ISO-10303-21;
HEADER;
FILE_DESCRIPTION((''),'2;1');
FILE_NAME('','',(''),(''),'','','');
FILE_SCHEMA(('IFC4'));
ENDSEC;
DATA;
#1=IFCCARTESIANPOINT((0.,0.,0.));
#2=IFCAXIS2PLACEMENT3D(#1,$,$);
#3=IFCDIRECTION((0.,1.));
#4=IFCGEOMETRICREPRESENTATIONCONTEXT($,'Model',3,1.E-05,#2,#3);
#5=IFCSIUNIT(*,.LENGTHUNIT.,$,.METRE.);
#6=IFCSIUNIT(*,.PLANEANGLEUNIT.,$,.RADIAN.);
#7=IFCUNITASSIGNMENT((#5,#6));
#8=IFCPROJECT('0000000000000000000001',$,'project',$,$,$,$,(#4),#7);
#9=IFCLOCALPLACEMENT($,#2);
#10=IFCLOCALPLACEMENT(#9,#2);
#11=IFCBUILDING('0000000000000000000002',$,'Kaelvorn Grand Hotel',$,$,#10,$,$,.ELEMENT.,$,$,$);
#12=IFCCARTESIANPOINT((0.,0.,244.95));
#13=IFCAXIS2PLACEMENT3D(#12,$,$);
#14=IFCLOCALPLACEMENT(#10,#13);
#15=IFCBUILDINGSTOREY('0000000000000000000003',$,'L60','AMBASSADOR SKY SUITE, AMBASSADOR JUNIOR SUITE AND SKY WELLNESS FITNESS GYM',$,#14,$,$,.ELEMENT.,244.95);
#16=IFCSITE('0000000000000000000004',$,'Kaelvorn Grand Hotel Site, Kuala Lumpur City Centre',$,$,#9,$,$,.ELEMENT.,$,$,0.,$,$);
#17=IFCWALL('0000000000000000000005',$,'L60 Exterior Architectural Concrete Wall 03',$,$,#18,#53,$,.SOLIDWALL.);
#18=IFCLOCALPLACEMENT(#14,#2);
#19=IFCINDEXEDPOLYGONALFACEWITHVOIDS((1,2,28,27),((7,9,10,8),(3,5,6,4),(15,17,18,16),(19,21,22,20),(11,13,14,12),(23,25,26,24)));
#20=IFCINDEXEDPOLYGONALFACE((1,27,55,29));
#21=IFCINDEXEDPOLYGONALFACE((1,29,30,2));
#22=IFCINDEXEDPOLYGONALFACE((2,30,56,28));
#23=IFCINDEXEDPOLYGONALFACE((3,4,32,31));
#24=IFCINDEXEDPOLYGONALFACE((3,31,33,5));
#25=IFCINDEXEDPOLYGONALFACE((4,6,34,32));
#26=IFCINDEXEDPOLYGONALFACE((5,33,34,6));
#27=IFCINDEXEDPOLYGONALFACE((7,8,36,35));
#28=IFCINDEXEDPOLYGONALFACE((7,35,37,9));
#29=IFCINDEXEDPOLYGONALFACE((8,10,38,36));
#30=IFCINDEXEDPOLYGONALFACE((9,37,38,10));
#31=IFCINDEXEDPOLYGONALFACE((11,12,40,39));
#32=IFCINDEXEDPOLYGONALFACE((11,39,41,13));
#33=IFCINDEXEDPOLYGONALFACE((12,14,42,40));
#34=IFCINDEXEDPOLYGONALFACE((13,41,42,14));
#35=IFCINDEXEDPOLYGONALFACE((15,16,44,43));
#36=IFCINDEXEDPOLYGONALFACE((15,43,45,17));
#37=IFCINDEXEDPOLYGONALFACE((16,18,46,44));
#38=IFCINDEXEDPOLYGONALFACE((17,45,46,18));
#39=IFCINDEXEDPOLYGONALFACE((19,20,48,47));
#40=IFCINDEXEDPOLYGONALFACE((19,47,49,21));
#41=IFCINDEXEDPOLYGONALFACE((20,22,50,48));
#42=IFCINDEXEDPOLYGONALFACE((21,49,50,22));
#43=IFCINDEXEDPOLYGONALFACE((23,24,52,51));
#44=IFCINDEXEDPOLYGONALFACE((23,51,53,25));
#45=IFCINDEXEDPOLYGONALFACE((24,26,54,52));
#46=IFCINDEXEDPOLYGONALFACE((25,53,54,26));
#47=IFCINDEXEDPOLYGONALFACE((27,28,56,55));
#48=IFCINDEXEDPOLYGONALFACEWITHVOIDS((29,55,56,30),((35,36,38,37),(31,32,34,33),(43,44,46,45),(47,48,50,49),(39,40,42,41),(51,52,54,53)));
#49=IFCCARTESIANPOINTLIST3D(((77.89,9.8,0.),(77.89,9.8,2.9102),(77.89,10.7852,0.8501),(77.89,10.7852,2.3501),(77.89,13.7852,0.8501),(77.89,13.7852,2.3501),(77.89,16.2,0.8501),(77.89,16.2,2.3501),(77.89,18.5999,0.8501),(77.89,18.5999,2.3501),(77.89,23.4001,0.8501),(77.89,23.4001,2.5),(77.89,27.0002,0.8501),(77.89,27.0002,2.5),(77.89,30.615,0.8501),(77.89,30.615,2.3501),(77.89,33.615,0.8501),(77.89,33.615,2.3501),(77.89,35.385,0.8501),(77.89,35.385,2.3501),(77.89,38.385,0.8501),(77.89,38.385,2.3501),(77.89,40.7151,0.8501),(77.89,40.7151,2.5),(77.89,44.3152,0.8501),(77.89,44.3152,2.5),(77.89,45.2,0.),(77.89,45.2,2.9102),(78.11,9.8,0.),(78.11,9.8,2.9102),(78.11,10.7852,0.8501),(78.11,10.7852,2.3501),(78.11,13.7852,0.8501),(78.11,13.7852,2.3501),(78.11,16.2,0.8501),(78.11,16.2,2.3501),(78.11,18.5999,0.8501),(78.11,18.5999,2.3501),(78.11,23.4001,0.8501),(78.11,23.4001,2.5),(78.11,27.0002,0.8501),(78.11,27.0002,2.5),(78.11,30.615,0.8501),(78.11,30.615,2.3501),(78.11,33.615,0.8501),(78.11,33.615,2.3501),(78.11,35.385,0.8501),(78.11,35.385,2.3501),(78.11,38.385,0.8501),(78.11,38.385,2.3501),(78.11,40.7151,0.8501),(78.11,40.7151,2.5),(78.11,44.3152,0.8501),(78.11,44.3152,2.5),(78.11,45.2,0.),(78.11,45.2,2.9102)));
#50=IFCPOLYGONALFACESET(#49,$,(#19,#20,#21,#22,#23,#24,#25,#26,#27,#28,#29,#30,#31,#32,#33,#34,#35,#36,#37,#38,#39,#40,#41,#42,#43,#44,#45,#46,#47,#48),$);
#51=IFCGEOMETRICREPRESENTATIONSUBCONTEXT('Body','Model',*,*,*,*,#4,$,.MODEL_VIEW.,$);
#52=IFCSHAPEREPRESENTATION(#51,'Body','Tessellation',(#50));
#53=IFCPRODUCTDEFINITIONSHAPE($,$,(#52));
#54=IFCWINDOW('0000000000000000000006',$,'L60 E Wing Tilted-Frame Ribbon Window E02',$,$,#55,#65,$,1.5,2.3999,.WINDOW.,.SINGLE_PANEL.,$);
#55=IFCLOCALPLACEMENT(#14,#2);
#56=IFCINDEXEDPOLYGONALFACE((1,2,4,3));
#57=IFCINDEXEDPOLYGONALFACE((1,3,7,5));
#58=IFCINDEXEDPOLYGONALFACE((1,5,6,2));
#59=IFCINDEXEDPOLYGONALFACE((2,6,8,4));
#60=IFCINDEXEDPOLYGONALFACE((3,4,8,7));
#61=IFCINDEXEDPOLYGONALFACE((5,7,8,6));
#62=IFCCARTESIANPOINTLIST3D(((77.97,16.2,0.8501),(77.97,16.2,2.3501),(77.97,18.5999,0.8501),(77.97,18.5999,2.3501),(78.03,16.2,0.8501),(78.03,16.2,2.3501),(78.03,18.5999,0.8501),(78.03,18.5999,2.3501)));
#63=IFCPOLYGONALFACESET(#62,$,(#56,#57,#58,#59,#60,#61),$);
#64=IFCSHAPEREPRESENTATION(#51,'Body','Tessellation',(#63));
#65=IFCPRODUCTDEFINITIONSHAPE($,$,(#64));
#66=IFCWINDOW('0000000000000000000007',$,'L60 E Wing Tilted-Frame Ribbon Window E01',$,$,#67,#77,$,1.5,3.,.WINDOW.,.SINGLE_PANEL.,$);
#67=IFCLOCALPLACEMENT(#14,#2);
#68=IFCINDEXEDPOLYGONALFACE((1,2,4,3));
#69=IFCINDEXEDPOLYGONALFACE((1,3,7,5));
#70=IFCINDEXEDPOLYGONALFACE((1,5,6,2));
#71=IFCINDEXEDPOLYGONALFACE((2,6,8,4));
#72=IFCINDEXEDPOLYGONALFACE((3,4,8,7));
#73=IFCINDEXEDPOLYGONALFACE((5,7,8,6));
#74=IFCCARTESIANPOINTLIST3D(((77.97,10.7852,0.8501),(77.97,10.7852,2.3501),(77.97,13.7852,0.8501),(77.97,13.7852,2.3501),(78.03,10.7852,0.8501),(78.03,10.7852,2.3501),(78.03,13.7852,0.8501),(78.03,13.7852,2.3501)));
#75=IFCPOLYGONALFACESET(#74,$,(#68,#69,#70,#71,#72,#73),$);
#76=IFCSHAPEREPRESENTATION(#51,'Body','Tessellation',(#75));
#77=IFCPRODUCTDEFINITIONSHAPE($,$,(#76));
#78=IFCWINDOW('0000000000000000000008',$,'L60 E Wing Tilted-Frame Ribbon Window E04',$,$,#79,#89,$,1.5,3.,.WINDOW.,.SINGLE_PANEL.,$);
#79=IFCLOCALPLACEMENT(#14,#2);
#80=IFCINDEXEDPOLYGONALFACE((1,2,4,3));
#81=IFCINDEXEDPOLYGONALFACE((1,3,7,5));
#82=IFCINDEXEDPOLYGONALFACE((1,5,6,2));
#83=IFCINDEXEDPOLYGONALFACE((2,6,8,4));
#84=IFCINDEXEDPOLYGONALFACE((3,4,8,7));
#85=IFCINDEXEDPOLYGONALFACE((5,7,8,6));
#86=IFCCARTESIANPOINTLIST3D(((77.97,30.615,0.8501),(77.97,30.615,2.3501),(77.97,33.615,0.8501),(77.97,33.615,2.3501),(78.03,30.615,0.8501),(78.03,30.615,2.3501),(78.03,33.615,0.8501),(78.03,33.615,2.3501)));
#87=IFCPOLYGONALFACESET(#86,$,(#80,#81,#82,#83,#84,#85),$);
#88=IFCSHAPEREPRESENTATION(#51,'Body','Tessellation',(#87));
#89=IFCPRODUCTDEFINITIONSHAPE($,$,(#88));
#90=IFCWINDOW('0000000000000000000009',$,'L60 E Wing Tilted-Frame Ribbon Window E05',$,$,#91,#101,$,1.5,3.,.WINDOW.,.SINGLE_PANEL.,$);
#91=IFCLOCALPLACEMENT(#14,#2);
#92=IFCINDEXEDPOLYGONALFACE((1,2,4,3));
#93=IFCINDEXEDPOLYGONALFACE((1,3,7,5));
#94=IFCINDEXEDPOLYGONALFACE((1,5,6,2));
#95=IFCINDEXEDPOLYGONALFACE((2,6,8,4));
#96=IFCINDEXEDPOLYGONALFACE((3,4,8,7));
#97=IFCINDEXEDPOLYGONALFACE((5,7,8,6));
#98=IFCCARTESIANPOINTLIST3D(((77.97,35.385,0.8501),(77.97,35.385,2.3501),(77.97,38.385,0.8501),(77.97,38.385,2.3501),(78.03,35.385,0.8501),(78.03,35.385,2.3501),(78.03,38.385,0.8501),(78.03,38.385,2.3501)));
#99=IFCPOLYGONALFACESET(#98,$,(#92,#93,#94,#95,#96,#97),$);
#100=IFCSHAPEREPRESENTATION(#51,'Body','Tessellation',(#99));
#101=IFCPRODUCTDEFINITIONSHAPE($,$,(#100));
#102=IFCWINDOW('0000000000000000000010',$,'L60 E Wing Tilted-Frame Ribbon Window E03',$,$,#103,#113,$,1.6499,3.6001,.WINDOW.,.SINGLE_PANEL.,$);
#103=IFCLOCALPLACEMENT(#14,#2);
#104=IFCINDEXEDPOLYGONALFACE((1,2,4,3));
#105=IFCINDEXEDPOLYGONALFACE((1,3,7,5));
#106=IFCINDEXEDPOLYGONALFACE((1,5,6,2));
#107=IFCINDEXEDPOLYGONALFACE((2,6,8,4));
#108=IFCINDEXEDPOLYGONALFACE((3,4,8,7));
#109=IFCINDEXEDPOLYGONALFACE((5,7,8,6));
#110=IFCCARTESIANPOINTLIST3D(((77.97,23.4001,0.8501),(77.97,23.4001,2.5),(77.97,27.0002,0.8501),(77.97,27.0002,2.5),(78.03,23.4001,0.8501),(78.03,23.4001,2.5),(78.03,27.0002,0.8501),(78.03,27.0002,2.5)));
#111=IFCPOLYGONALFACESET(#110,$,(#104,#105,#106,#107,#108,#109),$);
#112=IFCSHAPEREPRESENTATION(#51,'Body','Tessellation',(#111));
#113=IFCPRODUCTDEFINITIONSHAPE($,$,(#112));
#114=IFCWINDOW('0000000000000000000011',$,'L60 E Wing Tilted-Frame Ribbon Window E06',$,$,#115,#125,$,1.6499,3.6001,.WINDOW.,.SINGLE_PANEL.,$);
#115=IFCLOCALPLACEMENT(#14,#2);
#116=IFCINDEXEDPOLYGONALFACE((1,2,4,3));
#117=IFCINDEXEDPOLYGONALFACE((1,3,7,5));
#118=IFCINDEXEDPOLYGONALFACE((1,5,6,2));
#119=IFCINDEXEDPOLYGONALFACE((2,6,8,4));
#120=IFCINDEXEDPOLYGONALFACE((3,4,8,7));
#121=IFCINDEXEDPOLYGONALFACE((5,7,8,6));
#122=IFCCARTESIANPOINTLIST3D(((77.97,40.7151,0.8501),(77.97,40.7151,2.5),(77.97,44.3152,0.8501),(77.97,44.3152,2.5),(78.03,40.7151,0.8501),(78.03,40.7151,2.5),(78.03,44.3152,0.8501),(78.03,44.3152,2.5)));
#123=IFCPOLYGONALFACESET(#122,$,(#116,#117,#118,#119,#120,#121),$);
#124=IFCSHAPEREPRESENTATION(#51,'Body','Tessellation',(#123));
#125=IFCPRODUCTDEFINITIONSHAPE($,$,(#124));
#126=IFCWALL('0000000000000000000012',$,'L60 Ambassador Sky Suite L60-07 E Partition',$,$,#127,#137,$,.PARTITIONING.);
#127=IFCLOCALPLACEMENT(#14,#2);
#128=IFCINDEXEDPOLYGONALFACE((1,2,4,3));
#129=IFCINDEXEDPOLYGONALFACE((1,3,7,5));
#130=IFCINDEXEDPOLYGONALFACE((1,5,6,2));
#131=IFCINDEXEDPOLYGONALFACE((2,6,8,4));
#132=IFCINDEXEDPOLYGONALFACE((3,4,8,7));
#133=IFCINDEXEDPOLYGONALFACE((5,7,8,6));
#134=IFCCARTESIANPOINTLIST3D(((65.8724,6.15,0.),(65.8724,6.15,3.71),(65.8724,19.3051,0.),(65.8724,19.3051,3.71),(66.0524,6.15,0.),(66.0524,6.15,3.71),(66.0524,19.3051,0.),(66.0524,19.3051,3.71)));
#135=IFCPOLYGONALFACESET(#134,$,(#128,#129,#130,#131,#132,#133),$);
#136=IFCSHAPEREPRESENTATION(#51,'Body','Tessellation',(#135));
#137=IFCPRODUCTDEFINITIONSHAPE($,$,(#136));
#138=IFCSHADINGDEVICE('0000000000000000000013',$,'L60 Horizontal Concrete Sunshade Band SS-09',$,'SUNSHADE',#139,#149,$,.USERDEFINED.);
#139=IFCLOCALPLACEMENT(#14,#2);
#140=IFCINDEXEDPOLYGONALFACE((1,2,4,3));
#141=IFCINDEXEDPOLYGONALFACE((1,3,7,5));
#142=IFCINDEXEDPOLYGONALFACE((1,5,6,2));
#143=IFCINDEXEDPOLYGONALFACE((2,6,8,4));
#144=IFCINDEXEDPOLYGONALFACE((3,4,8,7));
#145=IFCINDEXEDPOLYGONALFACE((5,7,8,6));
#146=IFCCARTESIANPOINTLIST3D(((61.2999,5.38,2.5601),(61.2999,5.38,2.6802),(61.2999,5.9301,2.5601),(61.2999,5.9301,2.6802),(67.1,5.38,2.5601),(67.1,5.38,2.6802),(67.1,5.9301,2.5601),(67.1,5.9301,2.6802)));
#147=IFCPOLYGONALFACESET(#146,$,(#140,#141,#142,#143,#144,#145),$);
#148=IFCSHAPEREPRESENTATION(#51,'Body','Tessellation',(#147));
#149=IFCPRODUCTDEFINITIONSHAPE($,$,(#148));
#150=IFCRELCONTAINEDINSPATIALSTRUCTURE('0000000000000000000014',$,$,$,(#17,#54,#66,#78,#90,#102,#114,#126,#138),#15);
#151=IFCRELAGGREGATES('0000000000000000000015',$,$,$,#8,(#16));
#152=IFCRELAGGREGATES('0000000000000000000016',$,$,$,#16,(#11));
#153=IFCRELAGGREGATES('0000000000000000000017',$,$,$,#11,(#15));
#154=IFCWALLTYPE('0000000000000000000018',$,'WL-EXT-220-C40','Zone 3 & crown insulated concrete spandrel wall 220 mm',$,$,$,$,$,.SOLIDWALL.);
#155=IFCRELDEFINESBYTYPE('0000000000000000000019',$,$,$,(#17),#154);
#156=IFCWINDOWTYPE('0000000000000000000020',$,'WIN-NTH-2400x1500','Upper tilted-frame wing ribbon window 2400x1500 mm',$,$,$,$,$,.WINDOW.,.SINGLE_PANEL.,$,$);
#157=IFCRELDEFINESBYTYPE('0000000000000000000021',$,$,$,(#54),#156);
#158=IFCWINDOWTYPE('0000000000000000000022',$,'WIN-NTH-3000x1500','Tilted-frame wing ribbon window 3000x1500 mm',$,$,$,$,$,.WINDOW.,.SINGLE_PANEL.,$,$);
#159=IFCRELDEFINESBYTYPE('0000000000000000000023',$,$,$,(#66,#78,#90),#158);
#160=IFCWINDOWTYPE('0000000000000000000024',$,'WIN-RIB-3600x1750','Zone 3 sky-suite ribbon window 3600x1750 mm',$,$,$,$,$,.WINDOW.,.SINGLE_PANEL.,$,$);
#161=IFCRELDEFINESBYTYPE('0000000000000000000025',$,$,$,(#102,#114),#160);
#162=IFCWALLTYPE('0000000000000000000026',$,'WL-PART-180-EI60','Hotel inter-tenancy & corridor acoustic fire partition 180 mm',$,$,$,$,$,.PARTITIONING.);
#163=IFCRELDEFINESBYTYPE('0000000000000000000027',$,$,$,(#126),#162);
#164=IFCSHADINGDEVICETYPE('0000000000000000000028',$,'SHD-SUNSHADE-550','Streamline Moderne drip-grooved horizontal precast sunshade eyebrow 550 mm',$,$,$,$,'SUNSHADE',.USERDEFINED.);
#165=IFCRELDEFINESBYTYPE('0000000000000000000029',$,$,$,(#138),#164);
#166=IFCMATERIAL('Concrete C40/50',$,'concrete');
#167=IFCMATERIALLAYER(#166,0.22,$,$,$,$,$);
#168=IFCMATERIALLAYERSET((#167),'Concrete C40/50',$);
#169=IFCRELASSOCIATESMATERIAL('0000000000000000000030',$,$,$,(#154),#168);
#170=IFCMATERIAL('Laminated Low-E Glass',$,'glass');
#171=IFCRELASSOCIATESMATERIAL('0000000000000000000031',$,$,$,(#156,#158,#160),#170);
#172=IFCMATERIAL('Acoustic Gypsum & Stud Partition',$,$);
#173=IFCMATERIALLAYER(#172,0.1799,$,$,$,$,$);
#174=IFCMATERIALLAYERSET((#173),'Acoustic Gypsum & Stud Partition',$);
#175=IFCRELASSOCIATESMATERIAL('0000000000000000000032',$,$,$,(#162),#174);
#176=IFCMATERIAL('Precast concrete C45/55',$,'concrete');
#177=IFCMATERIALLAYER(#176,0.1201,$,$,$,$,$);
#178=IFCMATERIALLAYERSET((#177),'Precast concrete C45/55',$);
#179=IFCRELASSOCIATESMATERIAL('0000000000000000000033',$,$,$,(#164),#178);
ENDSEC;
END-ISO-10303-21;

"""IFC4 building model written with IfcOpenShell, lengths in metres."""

from ifc_helpers import new_model, si_unit, direction, frame, frame_2d, origin, origin_2d, place, context, subcontext, project, spatial, rectangle, extrude, material, layer, layer_set, type_object, element, fill, save


model = new_model("IFC4")

# Units and contexts
model_context = context("Model", 3, precision=1e-05, world=origin(), true_north=direction((0.0, 1.0)))
body_context = subcontext(model_context, "Body", "Model", "MODEL_VIEW")
ifc_project = project(units=[si_unit("LENGTHUNIT", "METRE"), si_unit("PLANEANGLEUNIT", "RADIAN")], contexts=[model_context])

# Site, building, storey
site_placement = place(None, origin())
site = spatial("IfcSite", under=ifc_project, at=site_placement, Name="Kaelvorn Grand Hotel Site, Kuala Lumpur City Centre", CompositionType="ELEMENT", RefElevation=0.0)
building_placement = place(site_placement, origin())
building = spatial("IfcBuilding", under=site, at=building_placement, Name="Kaelvorn Grand Hotel", CompositionType="ELEMENT")
storey_placement = place(building_placement, frame((0.0, 0.0, 244.95)))
storey = spatial("IfcBuildingStorey", under=building, at=storey_placement, Name="L60", Description="AMBASSADOR SKY SUITE, AMBASSADOR JUNIOR SUITE AND SKY WELLNESS FITNESS GYM", CompositionType="ELEMENT", Elevation=244.95)

# Shared definitions
ifc_material_1 = material(Name="Precast concrete C45/55", Category="concrete")

# Shared definitions
ifc_material_2 = material(Name="Concrete C40/50", Category="concrete")
ifc_layer_1 = layer(ifc_material_2, 0.22)
ifc_layer_set_1 = layer_set([ifc_layer_1], Name="Concrete C40/50")
wall_type_1 = type_object("IfcWallType", Name="WL-EXT-220-C40", Description="Zone 3 & crown insulated concrete spandrel wall 220 mm", PredefinedType="SOLIDWALL", material=ifc_layer_set_1)
ifc_material_3 = material(Name="Laminated Low-E Glass", Category="glass")

# Wall, openings, windows
wall_1_placement = place(storey_placement, frame((78.0, 9.8, 0.0), z_axis=(0.0, 0.0, 1.0), x_axis=(0.0, 1.0, 0.0)))
wall_1 = element("IfcWall", 1, at=wall_1_placement, inside=storey, type_object=wall_type_1, Name="L60 Exterior Architectural Concrete Wall 03", PredefinedType="SOLIDWALL", context=body_context, shape_type="SweptSolid", body=[
    extrude(rectangle(XDim=35.3999, YDim=0.22, at=frame_2d((17.7, 0.0))), origin(), (0.0, 0.0, 1.0), 2.9102),
])
opening_1_placement = place(wall_1_placement, frame((0.9851, 0.0, 0.8501)))
opening_1 = element("IfcOpeningElement", 2, at=opening_1_placement, cuts=wall_1, PredefinedType="OPENING", context=body_context, shape_type="SweptSolid", body=[
    extrude(rectangle(XDim=3.0, YDim=1.5, at=frame_2d((1.5, 0.75))), frame((0.0, 0.1201, 0.0), z_axis=(0.0, -1.0, 0.0), x_axis=(1.0, 0.0, 0.0)), (0.0, 0.0, 1.0), 0.24),
])
opening_2_placement = place(wall_1_placement, frame((6.3999, 0.0, 0.8501)))
opening_2 = element("IfcOpeningElement", 3, at=opening_2_placement, cuts=wall_1, PredefinedType="OPENING", context=body_context, shape_type="SweptSolid", body=[
    extrude(rectangle(XDim=2.3999, YDim=1.5, at=frame_2d((1.2, 0.75))), frame((0.0, 0.1201, 0.0), z_axis=(0.0, -1.0, 0.0), x_axis=(1.0, 0.0, 0.0)), (0.0, 0.0, 1.0), 0.24),
])
opening_3_placement = place(wall_1_placement, frame((13.6001, 0.0, 0.8501)))
opening_3 = element("IfcOpeningElement", 4, at=opening_3_placement, cuts=wall_1, PredefinedType="OPENING", context=body_context, shape_type="SweptSolid", body=[
    extrude(rectangle(XDim=3.6001, YDim=1.6499, at=frame_2d((1.8, 0.825))), frame((0.0, 0.1201, 0.0), z_axis=(0.0, -1.0, 0.0), x_axis=(1.0, 0.0, 0.0)), (0.0, 0.0, 1.0), 0.24),
])
opening_4_placement = place(wall_1_placement, frame((20.8149, 0.0, 0.8501)))
opening_4 = element("IfcOpeningElement", 5, at=opening_4_placement, cuts=wall_1, PredefinedType="OPENING", context=body_context, shape_type="SweptSolid", body=[
    extrude(rectangle(XDim=3.0, YDim=1.5, at=frame_2d((1.5, 0.75))), frame((0.0, 0.1201, 0.0), z_axis=(0.0, -1.0, 0.0), x_axis=(1.0, 0.0, 0.0)), (0.0, 0.0, 1.0), 0.24),
])
opening_5_placement = place(wall_1_placement, frame((25.585, 0.0, 0.8501)))
opening_5 = element("IfcOpeningElement", 6, at=opening_5_placement, cuts=wall_1, PredefinedType="OPENING", context=body_context, shape_type="SweptSolid", body=[
    extrude(rectangle(XDim=3.0, YDim=1.5, at=frame_2d((1.5, 0.75))), frame((0.0, 0.1201, 0.0), z_axis=(0.0, -1.0, 0.0), x_axis=(1.0, 0.0, 0.0)), (0.0, 0.0, 1.0), 0.24),
])
opening_6_placement = place(wall_1_placement, frame((30.915, 0.0, 0.8501)))
opening_6 = element("IfcOpeningElement", 7, at=opening_6_placement, cuts=wall_1, PredefinedType="OPENING", context=body_context, shape_type="SweptSolid", body=[
    extrude(rectangle(XDim=3.6001, YDim=1.6499, at=frame_2d((1.8, 0.825))), frame((0.0, 0.1201, 0.0), z_axis=(0.0, -1.0, 0.0), x_axis=(1.0, 0.0, 0.0)), (0.0, 0.0, 1.0), 0.24),
])
window_type_1 = type_object("IfcWindowType", Name="WIN-NTH-2400x1500", Description="Upper tilted-frame wing ribbon window 2400x1500 mm", PartitioningType="SINGLE_PANEL", PredefinedType="WINDOW", material=ifc_material_3)
window_1_placement = place(opening_2_placement, origin())
window_1 = element("IfcWindow", 8, at=window_1_placement, inside=storey, type_object=window_type_1, Name="L60 E Wing Tilted-Frame Ribbon Window E02", OverallHeight=1.5, OverallWidth=2.3999, PartitioningType="SINGLE_PANEL", PredefinedType="WINDOW", context=body_context, shape_type="SweptSolid", body=[
    extrude(rectangle(XDim=2.3999, YDim=1.5, at=frame_2d((1.2, 0.75))), frame((0.0, 0.03, 0.0), z_axis=(0.0, -1.0, 0.0), x_axis=(1.0, 0.0, 0.0)), (0.0, 0.0, 1.0), 0.0601),
])
fill(opening_2, window_1)
window_type_2 = type_object("IfcWindowType", Name="WIN-NTH-3000x1500", Description="Tilted-frame wing ribbon window 3000x1500 mm", PartitioningType="SINGLE_PANEL", PredefinedType="WINDOW", material=ifc_material_3)
window_2_placement = place(opening_1_placement, origin())
window_2 = element("IfcWindow", 9, at=window_2_placement, inside=storey, type_object=window_type_2, Name="L60 E Wing Tilted-Frame Ribbon Window E01", OverallHeight=1.5, OverallWidth=3.0, PartitioningType="SINGLE_PANEL", PredefinedType="WINDOW", context=body_context, shape_type="SweptSolid", body=[
    extrude(rectangle(XDim=3.0, YDim=1.5, at=frame_2d((1.5, 0.75))), frame((0.0, 0.03, 0.0), z_axis=(0.0, -1.0, 0.0), x_axis=(1.0, 0.0, 0.0)), (0.0, 0.0, 1.0), 0.0601),
])
fill(opening_1, window_2)
window_3_placement = place(opening_4_placement, origin())
window_3 = element("IfcWindow", 10, at=window_3_placement, inside=storey, type_object=window_type_2, Name="L60 E Wing Tilted-Frame Ribbon Window E04", OverallHeight=1.5, OverallWidth=3.0, PartitioningType="SINGLE_PANEL", PredefinedType="WINDOW", context=body_context, shape_type="SweptSolid", body=[
    extrude(rectangle(XDim=3.0, YDim=1.5, at=frame_2d((1.5, 0.75))), frame((0.0, 0.03, 0.0), z_axis=(0.0, -1.0, 0.0), x_axis=(1.0, 0.0, 0.0)), (0.0, 0.0, 1.0), 0.0601),
])
fill(opening_4, window_3)
window_4_placement = place(opening_5_placement, origin())
window_4 = element("IfcWindow", 11, at=window_4_placement, inside=storey, type_object=window_type_2, Name="L60 E Wing Tilted-Frame Ribbon Window E05", OverallHeight=1.5, OverallWidth=3.0, PartitioningType="SINGLE_PANEL", PredefinedType="WINDOW", context=body_context, shape_type="SweptSolid", body=[
    extrude(rectangle(XDim=3.0, YDim=1.5, at=frame_2d((1.5, 0.75))), frame((0.0, 0.03, 0.0), z_axis=(0.0, -1.0, 0.0), x_axis=(1.0, 0.0, 0.0)), (0.0, 0.0, 1.0), 0.0601),
])
fill(opening_5, window_4)
window_type_3 = type_object("IfcWindowType", Name="WIN-RIB-3600x1750", Description="Zone 3 sky-suite ribbon window 3600x1750 mm", PartitioningType="SINGLE_PANEL", PredefinedType="WINDOW", material=ifc_material_3)
window_5_placement = place(opening_3_placement, origin())
window_5 = element("IfcWindow", 12, at=window_5_placement, inside=storey, type_object=window_type_3, Name="L60 E Wing Tilted-Frame Ribbon Window E03", OverallHeight=1.6499, OverallWidth=3.6001, PartitioningType="SINGLE_PANEL", PredefinedType="WINDOW", context=body_context, shape_type="SweptSolid", body=[
    extrude(rectangle(XDim=3.6001, YDim=1.6499, at=frame_2d((1.8, 0.825))), frame((0.0, 0.03, 0.0), z_axis=(0.0, -1.0, 0.0), x_axis=(1.0, 0.0, 0.0)), (0.0, 0.0, 1.0), 0.0601),
])
fill(opening_3, window_5)
window_6_placement = place(opening_6_placement, origin())
window_6 = element("IfcWindow", 13, at=window_6_placement, inside=storey, type_object=window_type_3, Name="L60 E Wing Tilted-Frame Ribbon Window E06", OverallHeight=1.6499, OverallWidth=3.6001, PartitioningType="SINGLE_PANEL", PredefinedType="WINDOW", context=body_context, shape_type="SweptSolid", body=[
    extrude(rectangle(XDim=3.6001, YDim=1.6499, at=frame_2d((1.8, 0.825))), frame((0.0, 0.03, 0.0), z_axis=(0.0, -1.0, 0.0), x_axis=(1.0, 0.0, 0.0)), (0.0, 0.0, 1.0), 0.0601),
])
fill(opening_6, window_6)

# Wall
ifc_material_4 = material(Name="Acoustic Gypsum & Stud Partition")
ifc_layer_2 = layer(ifc_material_4, 0.1799)
ifc_layer_set_2 = layer_set([ifc_layer_2], Name="Acoustic Gypsum & Stud Partition")
wall_type_2 = type_object("IfcWallType", Name="WL-PART-180-EI60", Description="Hotel inter-tenancy & corridor acoustic fire partition 180 mm", PredefinedType="PARTITIONING", material=ifc_layer_set_2)
wall_2_placement = place(storey_placement, frame((65.9624, 6.1499, 0.0), z_axis=(0.0, 0.0, 1.0), x_axis=(0.0, 1.0, 0.0)))
element("IfcWall", 14, at=wall_2_placement, inside=storey, type_object=wall_type_2, Name="L60 Ambassador Sky Suite L60-07 E Partition", PredefinedType="PARTITIONING", context=body_context, shape_type="SweptSolid", body=[
    extrude(rectangle(XDim=13.155, YDim=0.1799, at=frame_2d((6.5776, 0.0))), origin(), (0.0, 0.0, 1.0), 3.71),
])

# Shading device
ifc_layer_3 = layer(ifc_material_1, 0.1201)
ifc_layer_set_3 = layer_set([ifc_layer_3], Name="Precast concrete C45/55")
shading_device_type = type_object("IfcShadingDeviceType", Name="SHD-SUNSHADE-550", Description="Streamline Moderne drip-grooved horizontal precast sunshade eyebrow 550 mm", ElementType="SUNSHADE", PredefinedType="USERDEFINED", material=ifc_layer_set_3)
shading_device_placement = place(storey_placement, frame((64.2, 5.655, 2.5601), z_axis=(0.0, 0.0, 1.0), x_axis=(1.0, 0.0, 0.0)))
element("IfcShadingDevice", 15, at=shading_device_placement, inside=storey, type_object=shading_device_type, Name="L60 Horizontal Concrete Sunshade Band SS-09", ObjectType="SUNSHADE", PredefinedType="USERDEFINED", context=body_context, shape_type="SweptSolid", body=[
    extrude(rectangle(XDim=5.8, YDim=0.55, at=origin_2d()), origin(), (0.0, 0.0, 1.0), 0.1201),
])

save(model, "model.ifc")
